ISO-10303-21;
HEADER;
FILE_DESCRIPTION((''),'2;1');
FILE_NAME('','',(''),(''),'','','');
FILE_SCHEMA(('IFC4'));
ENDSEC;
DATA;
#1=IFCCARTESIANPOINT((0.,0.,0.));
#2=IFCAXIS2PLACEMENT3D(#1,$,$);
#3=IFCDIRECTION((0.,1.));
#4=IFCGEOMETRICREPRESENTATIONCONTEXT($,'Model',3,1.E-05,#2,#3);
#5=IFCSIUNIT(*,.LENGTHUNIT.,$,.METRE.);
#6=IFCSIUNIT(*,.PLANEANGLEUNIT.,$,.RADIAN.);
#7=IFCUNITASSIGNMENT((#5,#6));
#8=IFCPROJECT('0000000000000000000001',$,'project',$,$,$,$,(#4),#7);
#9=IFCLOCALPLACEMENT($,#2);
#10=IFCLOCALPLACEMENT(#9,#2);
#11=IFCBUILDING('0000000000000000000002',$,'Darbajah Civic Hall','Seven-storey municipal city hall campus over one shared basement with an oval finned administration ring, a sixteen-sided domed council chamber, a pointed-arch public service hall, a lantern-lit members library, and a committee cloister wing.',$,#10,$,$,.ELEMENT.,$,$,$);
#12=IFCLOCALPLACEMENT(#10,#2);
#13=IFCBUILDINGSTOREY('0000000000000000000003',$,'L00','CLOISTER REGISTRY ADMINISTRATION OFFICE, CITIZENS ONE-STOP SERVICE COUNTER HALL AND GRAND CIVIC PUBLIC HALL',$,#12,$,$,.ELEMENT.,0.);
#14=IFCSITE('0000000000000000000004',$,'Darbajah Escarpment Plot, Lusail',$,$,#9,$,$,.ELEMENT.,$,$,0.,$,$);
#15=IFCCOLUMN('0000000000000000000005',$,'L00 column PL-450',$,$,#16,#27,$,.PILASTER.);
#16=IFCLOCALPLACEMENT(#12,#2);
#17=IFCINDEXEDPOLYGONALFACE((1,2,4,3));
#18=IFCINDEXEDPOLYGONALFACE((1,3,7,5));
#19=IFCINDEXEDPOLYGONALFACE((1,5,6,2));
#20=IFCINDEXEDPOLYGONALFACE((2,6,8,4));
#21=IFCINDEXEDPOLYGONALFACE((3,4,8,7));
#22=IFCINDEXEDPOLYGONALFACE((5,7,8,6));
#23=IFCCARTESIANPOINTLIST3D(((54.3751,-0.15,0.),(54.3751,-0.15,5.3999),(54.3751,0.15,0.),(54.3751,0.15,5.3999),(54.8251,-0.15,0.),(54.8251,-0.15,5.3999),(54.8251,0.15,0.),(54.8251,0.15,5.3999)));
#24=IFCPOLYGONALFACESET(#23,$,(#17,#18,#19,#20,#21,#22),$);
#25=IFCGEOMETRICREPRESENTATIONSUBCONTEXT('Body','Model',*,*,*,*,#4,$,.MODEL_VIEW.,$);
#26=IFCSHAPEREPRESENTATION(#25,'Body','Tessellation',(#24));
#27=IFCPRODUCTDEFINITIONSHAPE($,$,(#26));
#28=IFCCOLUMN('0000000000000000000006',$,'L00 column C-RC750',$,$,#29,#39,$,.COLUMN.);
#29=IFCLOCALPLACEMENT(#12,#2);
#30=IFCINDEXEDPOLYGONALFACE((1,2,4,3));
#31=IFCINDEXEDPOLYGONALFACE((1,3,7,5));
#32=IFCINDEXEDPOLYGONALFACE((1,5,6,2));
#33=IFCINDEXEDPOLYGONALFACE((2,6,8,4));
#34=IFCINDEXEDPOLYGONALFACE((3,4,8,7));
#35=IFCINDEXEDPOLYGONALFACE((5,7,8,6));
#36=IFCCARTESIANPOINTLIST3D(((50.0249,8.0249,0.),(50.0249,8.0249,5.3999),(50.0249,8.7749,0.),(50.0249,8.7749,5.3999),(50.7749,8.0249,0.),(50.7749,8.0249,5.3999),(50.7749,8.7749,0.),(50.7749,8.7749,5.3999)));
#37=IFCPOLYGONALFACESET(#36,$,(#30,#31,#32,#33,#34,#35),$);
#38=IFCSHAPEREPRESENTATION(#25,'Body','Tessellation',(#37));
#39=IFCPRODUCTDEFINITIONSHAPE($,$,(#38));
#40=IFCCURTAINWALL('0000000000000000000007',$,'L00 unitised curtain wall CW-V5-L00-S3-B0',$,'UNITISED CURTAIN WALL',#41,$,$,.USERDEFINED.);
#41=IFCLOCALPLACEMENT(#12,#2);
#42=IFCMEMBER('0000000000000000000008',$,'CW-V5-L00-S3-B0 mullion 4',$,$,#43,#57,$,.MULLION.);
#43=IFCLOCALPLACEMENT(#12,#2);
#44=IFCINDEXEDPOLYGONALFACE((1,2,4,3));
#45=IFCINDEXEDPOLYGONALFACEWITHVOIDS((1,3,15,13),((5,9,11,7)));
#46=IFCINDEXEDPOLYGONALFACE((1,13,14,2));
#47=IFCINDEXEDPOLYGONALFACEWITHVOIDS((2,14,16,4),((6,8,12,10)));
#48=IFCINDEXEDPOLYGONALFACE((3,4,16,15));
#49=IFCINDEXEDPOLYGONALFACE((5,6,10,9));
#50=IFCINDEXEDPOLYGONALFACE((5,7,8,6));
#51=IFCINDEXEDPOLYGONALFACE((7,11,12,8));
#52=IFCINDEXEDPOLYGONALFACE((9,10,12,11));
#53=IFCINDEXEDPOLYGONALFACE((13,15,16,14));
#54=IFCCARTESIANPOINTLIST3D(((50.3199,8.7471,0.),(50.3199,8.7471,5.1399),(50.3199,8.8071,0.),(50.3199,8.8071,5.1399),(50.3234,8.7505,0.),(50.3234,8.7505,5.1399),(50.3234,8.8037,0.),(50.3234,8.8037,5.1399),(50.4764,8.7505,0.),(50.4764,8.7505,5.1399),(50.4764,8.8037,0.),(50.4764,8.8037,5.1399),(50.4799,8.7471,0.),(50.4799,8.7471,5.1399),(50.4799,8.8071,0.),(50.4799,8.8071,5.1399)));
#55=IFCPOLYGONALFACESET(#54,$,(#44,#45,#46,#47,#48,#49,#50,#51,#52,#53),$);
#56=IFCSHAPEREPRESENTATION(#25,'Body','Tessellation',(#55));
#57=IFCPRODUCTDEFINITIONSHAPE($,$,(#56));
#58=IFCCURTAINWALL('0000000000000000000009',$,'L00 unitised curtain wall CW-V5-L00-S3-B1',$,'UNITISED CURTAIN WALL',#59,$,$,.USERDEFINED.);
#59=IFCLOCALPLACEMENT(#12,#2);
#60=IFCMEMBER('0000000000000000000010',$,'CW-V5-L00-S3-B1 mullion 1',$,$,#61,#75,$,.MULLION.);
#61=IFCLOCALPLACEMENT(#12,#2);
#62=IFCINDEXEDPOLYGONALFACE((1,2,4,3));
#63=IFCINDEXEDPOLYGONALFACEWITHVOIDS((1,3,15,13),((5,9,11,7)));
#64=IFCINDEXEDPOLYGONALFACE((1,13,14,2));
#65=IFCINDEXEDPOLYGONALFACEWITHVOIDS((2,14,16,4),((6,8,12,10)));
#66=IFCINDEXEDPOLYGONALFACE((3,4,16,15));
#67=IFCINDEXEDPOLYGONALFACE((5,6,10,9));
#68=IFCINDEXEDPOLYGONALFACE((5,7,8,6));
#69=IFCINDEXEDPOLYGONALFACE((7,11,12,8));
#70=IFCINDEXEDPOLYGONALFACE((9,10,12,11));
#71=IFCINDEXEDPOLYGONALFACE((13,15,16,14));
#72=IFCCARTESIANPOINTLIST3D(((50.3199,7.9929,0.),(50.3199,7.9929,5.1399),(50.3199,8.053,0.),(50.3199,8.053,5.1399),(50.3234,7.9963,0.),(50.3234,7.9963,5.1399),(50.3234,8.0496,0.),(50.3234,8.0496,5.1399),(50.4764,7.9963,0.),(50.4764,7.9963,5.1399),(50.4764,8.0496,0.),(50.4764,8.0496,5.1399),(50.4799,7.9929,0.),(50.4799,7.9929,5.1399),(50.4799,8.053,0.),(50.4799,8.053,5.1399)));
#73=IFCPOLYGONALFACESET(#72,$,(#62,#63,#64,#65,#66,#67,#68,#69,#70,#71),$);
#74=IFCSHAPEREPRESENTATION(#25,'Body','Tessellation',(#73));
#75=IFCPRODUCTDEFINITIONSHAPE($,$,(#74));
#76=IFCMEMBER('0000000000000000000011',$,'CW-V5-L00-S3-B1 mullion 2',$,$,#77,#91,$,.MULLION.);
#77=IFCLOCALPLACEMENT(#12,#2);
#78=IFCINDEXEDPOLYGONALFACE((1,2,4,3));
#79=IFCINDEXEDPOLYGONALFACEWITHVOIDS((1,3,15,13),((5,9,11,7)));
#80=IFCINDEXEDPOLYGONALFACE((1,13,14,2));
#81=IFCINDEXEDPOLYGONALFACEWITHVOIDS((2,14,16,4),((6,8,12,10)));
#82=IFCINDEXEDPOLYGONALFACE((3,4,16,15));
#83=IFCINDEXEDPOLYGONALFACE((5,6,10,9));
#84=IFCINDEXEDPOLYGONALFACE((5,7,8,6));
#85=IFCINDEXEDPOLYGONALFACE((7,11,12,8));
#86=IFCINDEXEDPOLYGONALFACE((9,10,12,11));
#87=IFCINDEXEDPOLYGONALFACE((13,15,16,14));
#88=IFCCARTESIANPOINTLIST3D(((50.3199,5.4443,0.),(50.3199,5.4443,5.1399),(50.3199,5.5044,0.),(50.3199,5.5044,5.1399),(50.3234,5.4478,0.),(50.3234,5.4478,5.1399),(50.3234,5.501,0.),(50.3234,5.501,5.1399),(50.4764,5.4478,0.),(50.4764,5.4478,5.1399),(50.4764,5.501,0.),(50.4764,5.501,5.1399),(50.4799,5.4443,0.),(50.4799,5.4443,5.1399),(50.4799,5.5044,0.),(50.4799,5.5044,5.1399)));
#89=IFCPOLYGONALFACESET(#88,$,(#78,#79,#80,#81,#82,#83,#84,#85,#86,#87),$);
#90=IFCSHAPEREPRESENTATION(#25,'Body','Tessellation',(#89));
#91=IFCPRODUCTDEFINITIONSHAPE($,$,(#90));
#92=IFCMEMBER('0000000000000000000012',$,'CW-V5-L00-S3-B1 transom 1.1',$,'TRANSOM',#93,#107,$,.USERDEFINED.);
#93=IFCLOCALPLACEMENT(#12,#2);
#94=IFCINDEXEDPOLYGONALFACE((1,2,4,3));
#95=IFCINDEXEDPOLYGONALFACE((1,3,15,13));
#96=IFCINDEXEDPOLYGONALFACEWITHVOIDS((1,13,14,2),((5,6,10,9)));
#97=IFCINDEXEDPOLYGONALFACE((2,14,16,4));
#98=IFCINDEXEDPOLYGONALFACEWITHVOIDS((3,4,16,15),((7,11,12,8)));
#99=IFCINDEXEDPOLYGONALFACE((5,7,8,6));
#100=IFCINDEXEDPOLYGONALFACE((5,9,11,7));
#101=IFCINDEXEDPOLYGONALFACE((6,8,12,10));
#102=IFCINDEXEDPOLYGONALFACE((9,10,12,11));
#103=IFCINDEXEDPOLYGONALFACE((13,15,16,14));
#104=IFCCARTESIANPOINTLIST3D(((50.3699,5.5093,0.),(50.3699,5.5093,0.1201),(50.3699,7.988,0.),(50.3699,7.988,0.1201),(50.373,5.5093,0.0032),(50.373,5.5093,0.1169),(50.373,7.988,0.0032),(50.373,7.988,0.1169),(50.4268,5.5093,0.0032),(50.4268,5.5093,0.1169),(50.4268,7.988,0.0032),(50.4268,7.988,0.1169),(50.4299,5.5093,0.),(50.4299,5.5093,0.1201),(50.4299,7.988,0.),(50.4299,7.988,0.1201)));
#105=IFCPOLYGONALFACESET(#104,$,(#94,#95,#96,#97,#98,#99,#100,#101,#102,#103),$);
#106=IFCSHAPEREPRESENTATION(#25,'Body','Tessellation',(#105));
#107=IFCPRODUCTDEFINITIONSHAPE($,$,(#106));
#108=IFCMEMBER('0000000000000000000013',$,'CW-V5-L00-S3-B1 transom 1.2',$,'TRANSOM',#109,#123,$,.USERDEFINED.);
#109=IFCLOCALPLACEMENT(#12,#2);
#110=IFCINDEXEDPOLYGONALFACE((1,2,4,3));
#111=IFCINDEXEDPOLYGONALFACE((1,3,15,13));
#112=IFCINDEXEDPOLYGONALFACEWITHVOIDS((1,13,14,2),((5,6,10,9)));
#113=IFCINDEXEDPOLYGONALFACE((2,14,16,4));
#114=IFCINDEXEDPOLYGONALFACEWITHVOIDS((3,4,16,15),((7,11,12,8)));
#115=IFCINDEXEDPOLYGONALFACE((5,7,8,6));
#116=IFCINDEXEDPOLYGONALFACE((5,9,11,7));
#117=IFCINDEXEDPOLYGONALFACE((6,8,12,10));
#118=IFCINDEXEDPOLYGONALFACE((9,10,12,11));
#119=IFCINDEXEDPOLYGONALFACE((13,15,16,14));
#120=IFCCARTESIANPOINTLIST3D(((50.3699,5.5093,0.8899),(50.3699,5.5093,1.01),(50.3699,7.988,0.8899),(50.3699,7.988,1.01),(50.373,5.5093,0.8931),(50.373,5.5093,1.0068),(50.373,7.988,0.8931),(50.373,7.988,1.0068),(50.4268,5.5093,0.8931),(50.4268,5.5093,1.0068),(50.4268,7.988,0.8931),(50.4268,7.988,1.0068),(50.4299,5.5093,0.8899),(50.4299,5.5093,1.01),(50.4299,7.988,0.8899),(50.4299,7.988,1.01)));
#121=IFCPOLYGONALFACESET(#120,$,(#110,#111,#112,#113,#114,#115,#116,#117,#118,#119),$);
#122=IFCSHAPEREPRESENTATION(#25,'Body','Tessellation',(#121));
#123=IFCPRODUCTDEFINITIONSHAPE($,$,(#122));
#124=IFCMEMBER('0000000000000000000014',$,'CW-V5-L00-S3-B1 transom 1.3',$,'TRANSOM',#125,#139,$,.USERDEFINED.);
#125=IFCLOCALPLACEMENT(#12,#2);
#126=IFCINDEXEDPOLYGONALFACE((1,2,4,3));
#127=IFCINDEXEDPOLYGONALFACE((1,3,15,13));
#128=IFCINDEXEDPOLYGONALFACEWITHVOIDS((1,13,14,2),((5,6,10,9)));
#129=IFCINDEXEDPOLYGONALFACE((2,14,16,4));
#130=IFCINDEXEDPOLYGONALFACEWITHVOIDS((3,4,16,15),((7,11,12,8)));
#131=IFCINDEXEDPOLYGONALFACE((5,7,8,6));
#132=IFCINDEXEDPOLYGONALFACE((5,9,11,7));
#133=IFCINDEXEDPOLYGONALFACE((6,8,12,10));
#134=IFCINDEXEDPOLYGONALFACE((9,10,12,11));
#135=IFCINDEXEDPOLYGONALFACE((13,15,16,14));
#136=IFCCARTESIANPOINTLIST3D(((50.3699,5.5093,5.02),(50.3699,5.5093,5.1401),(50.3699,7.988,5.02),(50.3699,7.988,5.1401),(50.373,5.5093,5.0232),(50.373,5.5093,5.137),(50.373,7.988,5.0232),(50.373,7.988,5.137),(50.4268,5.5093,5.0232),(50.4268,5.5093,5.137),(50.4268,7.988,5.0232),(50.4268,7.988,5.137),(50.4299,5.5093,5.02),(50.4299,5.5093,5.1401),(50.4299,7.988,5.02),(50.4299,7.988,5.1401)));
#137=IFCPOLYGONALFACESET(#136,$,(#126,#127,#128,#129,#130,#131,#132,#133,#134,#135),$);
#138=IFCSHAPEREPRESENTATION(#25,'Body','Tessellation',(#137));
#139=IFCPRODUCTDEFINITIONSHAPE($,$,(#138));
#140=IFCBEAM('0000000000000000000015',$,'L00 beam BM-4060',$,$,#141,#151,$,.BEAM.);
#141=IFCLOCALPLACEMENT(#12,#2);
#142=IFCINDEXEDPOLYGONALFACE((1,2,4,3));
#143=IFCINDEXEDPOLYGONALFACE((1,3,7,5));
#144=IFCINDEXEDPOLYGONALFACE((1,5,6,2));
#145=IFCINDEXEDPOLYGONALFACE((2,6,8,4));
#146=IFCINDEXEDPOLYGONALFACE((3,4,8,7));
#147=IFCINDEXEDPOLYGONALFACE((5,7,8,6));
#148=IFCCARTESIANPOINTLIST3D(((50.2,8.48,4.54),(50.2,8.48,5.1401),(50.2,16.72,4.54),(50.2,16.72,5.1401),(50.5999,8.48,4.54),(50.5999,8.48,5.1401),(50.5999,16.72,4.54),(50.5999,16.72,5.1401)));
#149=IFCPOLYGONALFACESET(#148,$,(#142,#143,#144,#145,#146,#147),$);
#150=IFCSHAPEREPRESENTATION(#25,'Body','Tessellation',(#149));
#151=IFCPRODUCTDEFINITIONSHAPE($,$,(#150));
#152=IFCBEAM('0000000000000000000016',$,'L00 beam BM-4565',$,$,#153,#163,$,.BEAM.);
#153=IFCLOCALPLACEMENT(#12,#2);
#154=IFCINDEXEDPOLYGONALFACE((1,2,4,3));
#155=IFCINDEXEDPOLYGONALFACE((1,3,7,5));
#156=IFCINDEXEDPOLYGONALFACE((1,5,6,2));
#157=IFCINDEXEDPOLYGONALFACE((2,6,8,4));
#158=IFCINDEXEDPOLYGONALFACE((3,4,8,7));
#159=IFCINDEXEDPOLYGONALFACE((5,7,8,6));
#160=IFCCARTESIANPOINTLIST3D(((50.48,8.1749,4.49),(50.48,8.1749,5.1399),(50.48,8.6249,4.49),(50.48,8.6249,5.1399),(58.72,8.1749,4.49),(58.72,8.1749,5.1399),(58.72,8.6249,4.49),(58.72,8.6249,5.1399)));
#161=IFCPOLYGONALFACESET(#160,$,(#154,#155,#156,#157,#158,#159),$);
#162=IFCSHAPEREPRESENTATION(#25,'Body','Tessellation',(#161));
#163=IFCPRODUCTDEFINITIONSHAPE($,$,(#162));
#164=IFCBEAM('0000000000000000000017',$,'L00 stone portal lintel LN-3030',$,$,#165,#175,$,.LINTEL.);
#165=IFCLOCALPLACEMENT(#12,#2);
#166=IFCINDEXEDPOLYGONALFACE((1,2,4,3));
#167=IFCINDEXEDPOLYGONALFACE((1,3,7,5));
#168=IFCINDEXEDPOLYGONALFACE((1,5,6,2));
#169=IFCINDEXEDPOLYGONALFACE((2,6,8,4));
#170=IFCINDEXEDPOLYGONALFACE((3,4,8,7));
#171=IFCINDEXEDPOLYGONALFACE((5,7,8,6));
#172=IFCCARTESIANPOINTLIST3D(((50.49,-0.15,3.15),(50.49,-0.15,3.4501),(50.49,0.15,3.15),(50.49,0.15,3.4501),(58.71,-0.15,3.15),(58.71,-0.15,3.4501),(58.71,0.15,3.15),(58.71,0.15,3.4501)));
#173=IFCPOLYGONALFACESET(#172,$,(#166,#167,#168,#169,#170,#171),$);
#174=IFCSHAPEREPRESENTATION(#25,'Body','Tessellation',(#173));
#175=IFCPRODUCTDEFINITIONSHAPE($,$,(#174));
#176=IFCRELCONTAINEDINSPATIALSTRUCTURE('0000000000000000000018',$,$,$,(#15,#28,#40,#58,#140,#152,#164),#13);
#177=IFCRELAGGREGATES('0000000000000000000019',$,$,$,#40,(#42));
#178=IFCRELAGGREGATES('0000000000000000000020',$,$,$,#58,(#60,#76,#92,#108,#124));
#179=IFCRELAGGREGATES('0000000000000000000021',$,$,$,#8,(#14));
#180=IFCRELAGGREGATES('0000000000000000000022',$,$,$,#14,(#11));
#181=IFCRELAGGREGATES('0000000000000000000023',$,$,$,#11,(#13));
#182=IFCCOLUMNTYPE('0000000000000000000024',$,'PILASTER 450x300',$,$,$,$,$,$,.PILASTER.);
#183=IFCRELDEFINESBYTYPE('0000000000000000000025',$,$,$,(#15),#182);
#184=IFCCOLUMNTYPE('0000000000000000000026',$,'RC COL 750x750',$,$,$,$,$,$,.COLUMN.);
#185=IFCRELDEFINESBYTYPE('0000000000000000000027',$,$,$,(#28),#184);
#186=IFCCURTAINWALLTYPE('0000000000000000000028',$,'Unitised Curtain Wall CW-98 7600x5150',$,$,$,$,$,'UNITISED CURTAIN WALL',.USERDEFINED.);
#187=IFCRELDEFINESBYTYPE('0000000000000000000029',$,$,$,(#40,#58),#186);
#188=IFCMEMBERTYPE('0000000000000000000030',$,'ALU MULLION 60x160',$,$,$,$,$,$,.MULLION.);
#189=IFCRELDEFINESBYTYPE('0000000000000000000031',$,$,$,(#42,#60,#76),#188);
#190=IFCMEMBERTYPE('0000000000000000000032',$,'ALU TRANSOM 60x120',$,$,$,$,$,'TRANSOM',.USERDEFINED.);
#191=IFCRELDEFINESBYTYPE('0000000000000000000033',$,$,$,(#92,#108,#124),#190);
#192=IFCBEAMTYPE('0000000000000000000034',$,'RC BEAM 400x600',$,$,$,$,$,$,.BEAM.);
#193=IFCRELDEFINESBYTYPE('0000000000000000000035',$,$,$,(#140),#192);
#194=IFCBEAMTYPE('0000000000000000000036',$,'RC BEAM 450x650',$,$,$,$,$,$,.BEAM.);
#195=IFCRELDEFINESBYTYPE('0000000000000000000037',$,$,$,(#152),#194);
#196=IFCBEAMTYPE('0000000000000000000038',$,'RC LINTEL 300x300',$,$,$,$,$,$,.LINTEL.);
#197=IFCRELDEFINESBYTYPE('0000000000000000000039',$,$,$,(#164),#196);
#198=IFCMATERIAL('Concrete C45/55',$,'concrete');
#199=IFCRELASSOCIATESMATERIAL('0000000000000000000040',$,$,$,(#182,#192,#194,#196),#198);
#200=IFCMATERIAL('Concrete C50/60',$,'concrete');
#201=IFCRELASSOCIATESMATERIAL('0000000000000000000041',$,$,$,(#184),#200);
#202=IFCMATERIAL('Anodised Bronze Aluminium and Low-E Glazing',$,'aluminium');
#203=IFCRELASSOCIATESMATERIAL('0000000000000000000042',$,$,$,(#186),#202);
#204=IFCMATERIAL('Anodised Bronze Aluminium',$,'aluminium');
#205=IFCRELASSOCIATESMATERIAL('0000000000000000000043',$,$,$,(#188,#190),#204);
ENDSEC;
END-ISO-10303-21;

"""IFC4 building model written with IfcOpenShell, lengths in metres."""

from ifc_helpers import new_model, si_unit, direction, frame, origin, origin_2d, place, context, subcontext, project, spatial, rectangle, hollow_rectangle, extrude, material, material_profile, profile_set, type_object, element, aggregate, save


model = new_model("IFC4")

# Units and contexts
model_context = context("Model", 3, precision=1e-05, world=origin(), true_north=direction((0.0, 1.0)))
body_context = subcontext(model_context, "Body", "Model", "MODEL_VIEW")
ifc_project = project(units=[si_unit("LENGTHUNIT", "METRE"), si_unit("PLANEANGLEUNIT", "RADIAN")], contexts=[model_context])

# Site, building, storey
site_placement = place(None, origin())
site = spatial("IfcSite", under=ifc_project, at=site_placement, Name="Darbajah Escarpment Plot, Lusail", CompositionType="ELEMENT", RefElevation=0.0)
building_placement = place(site_placement, origin())
building = spatial("IfcBuilding", under=site, at=building_placement, Name="Darbajah Civic Hall", Description="Seven-storey municipal city hall campus over one shared basement with an oval finned administration ring, a sixteen-sided domed council chamber, a pointed-arch public service hall, a lantern-lit members library, and a committee cloister wing.", CompositionType="ELEMENT")
storey_placement = place(building_placement, origin())
storey = spatial("IfcBuildingStorey", under=building, at=storey_placement, Name="L00", Description="CLOISTER REGISTRY ADMINISTRATION OFFICE, CITIZENS ONE-STOP SERVICE COUNTER HALL AND GRAND CIVIC PUBLIC HALL", CompositionType="ELEMENT", Elevation=0.0)

# Columns
ifc_material_1 = material(Name="Concrete C45/55", Category="concrete")
ifc_material_profile_1 = material_profile(ifc_material_1, rectangle(XDim=0.45, YDim=0.3, at=origin_2d()), Name="PILASTER 450x300")
ifc_profile_set_1 = profile_set([ifc_material_profile_1], Name="Concrete C45/55")
column_type_1 = type_object("IfcColumnType", Name="PILASTER 450x300", PredefinedType="PILASTER", material=ifc_profile_set_1)
column_1_placement = place(storey_placement, frame((54.6001, 0.0, 0.0), z_axis=(0.0, 0.0, 1.0), x_axis=(1.0, 0.0, 0.0)))
element("IfcColumn", 1, at=column_1_placement, inside=storey, type_object=column_type_1, Name="L00 column PL-450", PredefinedType="PILASTER", context=body_context, shape_type="SweptSolid", body=[
    extrude(rectangle(XDim=0.45, YDim=0.3, at=origin_2d()), origin(), (0.0, 0.0, 1.0), 5.3999),
])
ifc_material_2 = material(Name="Concrete C50/60", Category="concrete")
ifc_material_profile_2 = material_profile(ifc_material_2, rectangle(XDim=0.75, YDim=0.75, at=origin_2d()), Name="RC COL 750x750")
ifc_profile_set_2 = profile_set([ifc_material_profile_2], Name="Concrete C50/60")
column_type_2 = type_object("IfcColumnType", Name="RC COL 750x750", PredefinedType="COLUMN", material=ifc_profile_set_2)
column_2_placement = place(storey_placement, frame((50.3999, 8.3999, 0.0), z_axis=(0.0, 0.0, 1.0), x_axis=(1.0, 0.0, 0.0)))
element("IfcColumn", 2, at=column_2_placement, inside=storey, type_object=column_type_2, Name="L00 column C-RC750", PredefinedType="COLUMN", context=body_context, shape_type="SweptSolid", body=[
    extrude(rectangle(XDim=0.75, YDim=0.75, at=origin_2d()), origin(), (0.0, 0.0, 1.0), 5.3999),
])

# Curtain wall, member
ifc_material_3 = material(Name="Anodised Bronze Aluminium and Low-E Glazing", Category="aluminium")
curtain_wall_type = type_object("IfcCurtainWallType", Name="Unitised Curtain Wall CW-98 7600x5150", ElementType="UNITISED CURTAIN WALL", PredefinedType="USERDEFINED", material=ifc_material_3)
curtain_wall_1_placement = place(storey_placement, origin())
curtain_wall_1 = element("IfcCurtainWall", 3, at=curtain_wall_1_placement, inside=storey, type_object=curtain_wall_type, Name="L00 unitised curtain wall CW-V5-L00-S3-B0", ObjectType="UNITISED CURTAIN WALL", PredefinedType="USERDEFINED")
ifc_material_4 = material(Name="Anodised Bronze Aluminium", Category="aluminium")
ifc_material_profile_3 = material_profile(ifc_material_4, hollow_rectangle(XDim=0.0601, YDim=0.1599, WallThickness=0.0034, at=origin_2d()), Name="ALU MULLION 60x160")
ifc_profile_set_3 = profile_set([ifc_material_profile_3], Name="Anodised Bronze Aluminium")
member_type_1 = type_object("IfcMemberType", Name="ALU MULLION 60x160", PredefinedType="MULLION", material=ifc_profile_set_3)
member_1_placement = place(storey_placement, frame((50.3999, 8.7771, 0.0), z_axis=(0.0, 0.0, 1.0), x_axis=(0.0, -1.0, 0.0)))
member_1 = element("IfcMember", 4, at=member_1_placement, type_object=member_type_1, Name="CW-V5-L00-S3-B0 mullion 4", PredefinedType="MULLION", context=body_context, shape_type="SweptSolid", body=[
    extrude(hollow_rectangle(XDim=0.0601, YDim=0.1599, WallThickness=0.0034, at=origin_2d()), origin(), (0.0, 0.0, 1.0), 5.1399),
])

# Curtain wall, members
curtain_wall_2_placement = place(storey_placement, origin())
curtain_wall_2 = element("IfcCurtainWall", 5, at=curtain_wall_2_placement, inside=storey, type_object=curtain_wall_type, Name="L00 unitised curtain wall CW-V5-L00-S3-B1", ObjectType="UNITISED CURTAIN WALL", PredefinedType="USERDEFINED")
member_2_placement = place(storey_placement, frame((50.3999, 8.0229, 0.0), z_axis=(0.0, 0.0, 1.0), x_axis=(0.0, -1.0, 0.0)))
member_2 = element("IfcMember", 6, at=member_2_placement, type_object=member_type_1, Name="CW-V5-L00-S3-B1 mullion 1", PredefinedType="MULLION", context=body_context, shape_type="SweptSolid", body=[
    extrude(hollow_rectangle(XDim=0.0601, YDim=0.1599, WallThickness=0.0034, at=origin_2d()), origin(), (0.0, 0.0, 1.0), 5.1399),
])
member_3_placement = place(storey_placement, frame((50.3999, 5.4744, 0.0), z_axis=(0.0, 0.0, 1.0), x_axis=(0.0, -1.0, 0.0)))
member_3 = element("IfcMember", 7, at=member_3_placement, type_object=member_type_1, Name="CW-V5-L00-S3-B1 mullion 2", PredefinedType="MULLION", context=body_context, shape_type="SweptSolid", body=[
    extrude(hollow_rectangle(XDim=0.0601, YDim=0.1599, WallThickness=0.0034, at=origin_2d()), origin(), (0.0, 0.0, 1.0), 5.1399),
])
ifc_material_profile_4 = material_profile(ifc_material_4, hollow_rectangle(XDim=0.0601, YDim=0.1201, WallThickness=0.0032, at=origin_2d()), Name="ALU TRANSOM 60x120")
ifc_profile_set_4 = profile_set([ifc_material_profile_4], Name="Anodised Bronze Aluminium")
member_type_2 = type_object("IfcMemberType", Name="ALU TRANSOM 60x120", ElementType="TRANSOM", PredefinedType="USERDEFINED", material=ifc_profile_set_4)
member_4_placement = place(storey_placement, frame((50.3999, 7.988, 0.0601), z_axis=(0.0, -1.0, 0.0), x_axis=(1.0, 0.0, 0.0)))
member_4 = element("IfcMember", 8, at=member_4_placement, type_object=member_type_2, Name="CW-V5-L00-S3-B1 transom 1.1", ObjectType="TRANSOM", PredefinedType="USERDEFINED", context=body_context, shape_type="SweptSolid", body=[
    extrude(hollow_rectangle(XDim=0.0601, YDim=0.1201, WallThickness=0.0032, at=origin_2d()), origin(), (0.0, 0.0, 1.0), 2.4788),
])
member_5_placement = place(storey_placement, frame((50.3999, 7.988, 0.95), z_axis=(0.0, -1.0, 0.0), x_axis=(1.0, 0.0, 0.0)))
member_5 = element("IfcMember", 9, at=member_5_placement, type_object=member_type_2, Name="CW-V5-L00-S3-B1 transom 1.2", ObjectType="TRANSOM", PredefinedType="USERDEFINED", context=body_context, shape_type="SweptSolid", body=[
    extrude(hollow_rectangle(XDim=0.0601, YDim=0.1201, WallThickness=0.0032, at=origin_2d()), origin(), (0.0, 0.0, 1.0), 2.4788),
])
member_6_placement = place(storey_placement, frame((50.3999, 7.988, 5.0801), z_axis=(0.0, -1.0, 0.0), x_axis=(1.0, 0.0, 0.0)))
member_6 = element("IfcMember", 10, at=member_6_placement, type_object=member_type_2, Name="CW-V5-L00-S3-B1 transom 1.3", ObjectType="TRANSOM", PredefinedType="USERDEFINED", context=body_context, shape_type="SweptSolid", body=[
    extrude(hollow_rectangle(XDim=0.0601, YDim=0.1201, WallThickness=0.0032, at=origin_2d()), origin(), (0.0, 0.0, 1.0), 2.4788),
])

# Beams
ifc_material_profile_5 = material_profile(ifc_material_1, rectangle(XDim=0.3999, YDim=0.6001, at=origin_2d()), Name="RC BEAM 400x600")
ifc_profile_set_5 = profile_set([ifc_material_profile_5], Name="Concrete C45/55")
beam_type_1 = type_object("IfcBeamType", Name="RC BEAM 400x600", PredefinedType="BEAM", material=ifc_profile_set_5)
beam_1_placement = place(storey_placement, frame((50.3999, 8.48, 4.8401), z_axis=(0.0, 1.0, 0.0), x_axis=(-1.0, 0.0, 0.0)))
element("IfcBeam", 11, at=beam_1_placement, inside=storey, type_object=beam_type_1, Name="L00 beam BM-4060", PredefinedType="BEAM", context=body_context, shape_type="SweptSolid", body=[
    extrude(rectangle(XDim=0.3999, YDim=0.6001, at=origin_2d()), origin(), (0.0, 0.0, 1.0), 8.24),
])
ifc_material_profile_6 = material_profile(ifc_material_1, rectangle(XDim=0.45, YDim=0.6499, at=origin_2d()), Name="RC BEAM 450x650")
ifc_profile_set_6 = profile_set([ifc_material_profile_6], Name="Concrete C45/55")
beam_type_2 = type_object("IfcBeamType", Name="RC BEAM 450x650", PredefinedType="BEAM", material=ifc_profile_set_6)
beam_2_placement = place(storey_placement, frame((50.48, 8.3999, 4.8149), z_axis=(1.0, 0.0, 0.0), x_axis=(0.0, 1.0, 0.0)))
element("IfcBeam", 12, at=beam_2_placement, inside=storey, type_object=beam_type_2, Name="L00 beam BM-4565", PredefinedType="BEAM", context=body_context, shape_type="SweptSolid", body=[
    extrude(rectangle(XDim=0.45, YDim=0.6499, at=origin_2d()), origin(), (0.0, 0.0, 1.0), 8.24),
])
ifc_material_profile_7 = material_profile(ifc_material_1, rectangle(XDim=0.3, YDim=0.3, at=origin_2d()), Name="RC LINTEL 300x300")
ifc_profile_set_7 = profile_set([ifc_material_profile_7], Name="Concrete C45/55")
beam_type_3 = type_object("IfcBeamType", Name="RC LINTEL 300x300", PredefinedType="LINTEL", material=ifc_profile_set_7)
beam_3_placement = place(storey_placement, frame((50.49, 0.0, 3.3), z_axis=(1.0, 0.0, 0.0), x_axis=(0.0, 1.0, 0.0)))
element("IfcBeam", 13, at=beam_3_placement, inside=storey, type_object=beam_type_3, Name="L00 stone portal lintel LN-3030", PredefinedType="LINTEL", context=body_context, shape_type="SweptSolid", body=[
    extrude(rectangle(XDim=0.3, YDim=0.3, at=origin_2d()), origin(), (0.0, 0.0, 1.0), 8.22),
])

aggregate(curtain_wall_1, [member_1])
aggregate(curtain_wall_2, [member_2, member_3, member_4, member_5, member_6])

save(model, "model.ifc")
